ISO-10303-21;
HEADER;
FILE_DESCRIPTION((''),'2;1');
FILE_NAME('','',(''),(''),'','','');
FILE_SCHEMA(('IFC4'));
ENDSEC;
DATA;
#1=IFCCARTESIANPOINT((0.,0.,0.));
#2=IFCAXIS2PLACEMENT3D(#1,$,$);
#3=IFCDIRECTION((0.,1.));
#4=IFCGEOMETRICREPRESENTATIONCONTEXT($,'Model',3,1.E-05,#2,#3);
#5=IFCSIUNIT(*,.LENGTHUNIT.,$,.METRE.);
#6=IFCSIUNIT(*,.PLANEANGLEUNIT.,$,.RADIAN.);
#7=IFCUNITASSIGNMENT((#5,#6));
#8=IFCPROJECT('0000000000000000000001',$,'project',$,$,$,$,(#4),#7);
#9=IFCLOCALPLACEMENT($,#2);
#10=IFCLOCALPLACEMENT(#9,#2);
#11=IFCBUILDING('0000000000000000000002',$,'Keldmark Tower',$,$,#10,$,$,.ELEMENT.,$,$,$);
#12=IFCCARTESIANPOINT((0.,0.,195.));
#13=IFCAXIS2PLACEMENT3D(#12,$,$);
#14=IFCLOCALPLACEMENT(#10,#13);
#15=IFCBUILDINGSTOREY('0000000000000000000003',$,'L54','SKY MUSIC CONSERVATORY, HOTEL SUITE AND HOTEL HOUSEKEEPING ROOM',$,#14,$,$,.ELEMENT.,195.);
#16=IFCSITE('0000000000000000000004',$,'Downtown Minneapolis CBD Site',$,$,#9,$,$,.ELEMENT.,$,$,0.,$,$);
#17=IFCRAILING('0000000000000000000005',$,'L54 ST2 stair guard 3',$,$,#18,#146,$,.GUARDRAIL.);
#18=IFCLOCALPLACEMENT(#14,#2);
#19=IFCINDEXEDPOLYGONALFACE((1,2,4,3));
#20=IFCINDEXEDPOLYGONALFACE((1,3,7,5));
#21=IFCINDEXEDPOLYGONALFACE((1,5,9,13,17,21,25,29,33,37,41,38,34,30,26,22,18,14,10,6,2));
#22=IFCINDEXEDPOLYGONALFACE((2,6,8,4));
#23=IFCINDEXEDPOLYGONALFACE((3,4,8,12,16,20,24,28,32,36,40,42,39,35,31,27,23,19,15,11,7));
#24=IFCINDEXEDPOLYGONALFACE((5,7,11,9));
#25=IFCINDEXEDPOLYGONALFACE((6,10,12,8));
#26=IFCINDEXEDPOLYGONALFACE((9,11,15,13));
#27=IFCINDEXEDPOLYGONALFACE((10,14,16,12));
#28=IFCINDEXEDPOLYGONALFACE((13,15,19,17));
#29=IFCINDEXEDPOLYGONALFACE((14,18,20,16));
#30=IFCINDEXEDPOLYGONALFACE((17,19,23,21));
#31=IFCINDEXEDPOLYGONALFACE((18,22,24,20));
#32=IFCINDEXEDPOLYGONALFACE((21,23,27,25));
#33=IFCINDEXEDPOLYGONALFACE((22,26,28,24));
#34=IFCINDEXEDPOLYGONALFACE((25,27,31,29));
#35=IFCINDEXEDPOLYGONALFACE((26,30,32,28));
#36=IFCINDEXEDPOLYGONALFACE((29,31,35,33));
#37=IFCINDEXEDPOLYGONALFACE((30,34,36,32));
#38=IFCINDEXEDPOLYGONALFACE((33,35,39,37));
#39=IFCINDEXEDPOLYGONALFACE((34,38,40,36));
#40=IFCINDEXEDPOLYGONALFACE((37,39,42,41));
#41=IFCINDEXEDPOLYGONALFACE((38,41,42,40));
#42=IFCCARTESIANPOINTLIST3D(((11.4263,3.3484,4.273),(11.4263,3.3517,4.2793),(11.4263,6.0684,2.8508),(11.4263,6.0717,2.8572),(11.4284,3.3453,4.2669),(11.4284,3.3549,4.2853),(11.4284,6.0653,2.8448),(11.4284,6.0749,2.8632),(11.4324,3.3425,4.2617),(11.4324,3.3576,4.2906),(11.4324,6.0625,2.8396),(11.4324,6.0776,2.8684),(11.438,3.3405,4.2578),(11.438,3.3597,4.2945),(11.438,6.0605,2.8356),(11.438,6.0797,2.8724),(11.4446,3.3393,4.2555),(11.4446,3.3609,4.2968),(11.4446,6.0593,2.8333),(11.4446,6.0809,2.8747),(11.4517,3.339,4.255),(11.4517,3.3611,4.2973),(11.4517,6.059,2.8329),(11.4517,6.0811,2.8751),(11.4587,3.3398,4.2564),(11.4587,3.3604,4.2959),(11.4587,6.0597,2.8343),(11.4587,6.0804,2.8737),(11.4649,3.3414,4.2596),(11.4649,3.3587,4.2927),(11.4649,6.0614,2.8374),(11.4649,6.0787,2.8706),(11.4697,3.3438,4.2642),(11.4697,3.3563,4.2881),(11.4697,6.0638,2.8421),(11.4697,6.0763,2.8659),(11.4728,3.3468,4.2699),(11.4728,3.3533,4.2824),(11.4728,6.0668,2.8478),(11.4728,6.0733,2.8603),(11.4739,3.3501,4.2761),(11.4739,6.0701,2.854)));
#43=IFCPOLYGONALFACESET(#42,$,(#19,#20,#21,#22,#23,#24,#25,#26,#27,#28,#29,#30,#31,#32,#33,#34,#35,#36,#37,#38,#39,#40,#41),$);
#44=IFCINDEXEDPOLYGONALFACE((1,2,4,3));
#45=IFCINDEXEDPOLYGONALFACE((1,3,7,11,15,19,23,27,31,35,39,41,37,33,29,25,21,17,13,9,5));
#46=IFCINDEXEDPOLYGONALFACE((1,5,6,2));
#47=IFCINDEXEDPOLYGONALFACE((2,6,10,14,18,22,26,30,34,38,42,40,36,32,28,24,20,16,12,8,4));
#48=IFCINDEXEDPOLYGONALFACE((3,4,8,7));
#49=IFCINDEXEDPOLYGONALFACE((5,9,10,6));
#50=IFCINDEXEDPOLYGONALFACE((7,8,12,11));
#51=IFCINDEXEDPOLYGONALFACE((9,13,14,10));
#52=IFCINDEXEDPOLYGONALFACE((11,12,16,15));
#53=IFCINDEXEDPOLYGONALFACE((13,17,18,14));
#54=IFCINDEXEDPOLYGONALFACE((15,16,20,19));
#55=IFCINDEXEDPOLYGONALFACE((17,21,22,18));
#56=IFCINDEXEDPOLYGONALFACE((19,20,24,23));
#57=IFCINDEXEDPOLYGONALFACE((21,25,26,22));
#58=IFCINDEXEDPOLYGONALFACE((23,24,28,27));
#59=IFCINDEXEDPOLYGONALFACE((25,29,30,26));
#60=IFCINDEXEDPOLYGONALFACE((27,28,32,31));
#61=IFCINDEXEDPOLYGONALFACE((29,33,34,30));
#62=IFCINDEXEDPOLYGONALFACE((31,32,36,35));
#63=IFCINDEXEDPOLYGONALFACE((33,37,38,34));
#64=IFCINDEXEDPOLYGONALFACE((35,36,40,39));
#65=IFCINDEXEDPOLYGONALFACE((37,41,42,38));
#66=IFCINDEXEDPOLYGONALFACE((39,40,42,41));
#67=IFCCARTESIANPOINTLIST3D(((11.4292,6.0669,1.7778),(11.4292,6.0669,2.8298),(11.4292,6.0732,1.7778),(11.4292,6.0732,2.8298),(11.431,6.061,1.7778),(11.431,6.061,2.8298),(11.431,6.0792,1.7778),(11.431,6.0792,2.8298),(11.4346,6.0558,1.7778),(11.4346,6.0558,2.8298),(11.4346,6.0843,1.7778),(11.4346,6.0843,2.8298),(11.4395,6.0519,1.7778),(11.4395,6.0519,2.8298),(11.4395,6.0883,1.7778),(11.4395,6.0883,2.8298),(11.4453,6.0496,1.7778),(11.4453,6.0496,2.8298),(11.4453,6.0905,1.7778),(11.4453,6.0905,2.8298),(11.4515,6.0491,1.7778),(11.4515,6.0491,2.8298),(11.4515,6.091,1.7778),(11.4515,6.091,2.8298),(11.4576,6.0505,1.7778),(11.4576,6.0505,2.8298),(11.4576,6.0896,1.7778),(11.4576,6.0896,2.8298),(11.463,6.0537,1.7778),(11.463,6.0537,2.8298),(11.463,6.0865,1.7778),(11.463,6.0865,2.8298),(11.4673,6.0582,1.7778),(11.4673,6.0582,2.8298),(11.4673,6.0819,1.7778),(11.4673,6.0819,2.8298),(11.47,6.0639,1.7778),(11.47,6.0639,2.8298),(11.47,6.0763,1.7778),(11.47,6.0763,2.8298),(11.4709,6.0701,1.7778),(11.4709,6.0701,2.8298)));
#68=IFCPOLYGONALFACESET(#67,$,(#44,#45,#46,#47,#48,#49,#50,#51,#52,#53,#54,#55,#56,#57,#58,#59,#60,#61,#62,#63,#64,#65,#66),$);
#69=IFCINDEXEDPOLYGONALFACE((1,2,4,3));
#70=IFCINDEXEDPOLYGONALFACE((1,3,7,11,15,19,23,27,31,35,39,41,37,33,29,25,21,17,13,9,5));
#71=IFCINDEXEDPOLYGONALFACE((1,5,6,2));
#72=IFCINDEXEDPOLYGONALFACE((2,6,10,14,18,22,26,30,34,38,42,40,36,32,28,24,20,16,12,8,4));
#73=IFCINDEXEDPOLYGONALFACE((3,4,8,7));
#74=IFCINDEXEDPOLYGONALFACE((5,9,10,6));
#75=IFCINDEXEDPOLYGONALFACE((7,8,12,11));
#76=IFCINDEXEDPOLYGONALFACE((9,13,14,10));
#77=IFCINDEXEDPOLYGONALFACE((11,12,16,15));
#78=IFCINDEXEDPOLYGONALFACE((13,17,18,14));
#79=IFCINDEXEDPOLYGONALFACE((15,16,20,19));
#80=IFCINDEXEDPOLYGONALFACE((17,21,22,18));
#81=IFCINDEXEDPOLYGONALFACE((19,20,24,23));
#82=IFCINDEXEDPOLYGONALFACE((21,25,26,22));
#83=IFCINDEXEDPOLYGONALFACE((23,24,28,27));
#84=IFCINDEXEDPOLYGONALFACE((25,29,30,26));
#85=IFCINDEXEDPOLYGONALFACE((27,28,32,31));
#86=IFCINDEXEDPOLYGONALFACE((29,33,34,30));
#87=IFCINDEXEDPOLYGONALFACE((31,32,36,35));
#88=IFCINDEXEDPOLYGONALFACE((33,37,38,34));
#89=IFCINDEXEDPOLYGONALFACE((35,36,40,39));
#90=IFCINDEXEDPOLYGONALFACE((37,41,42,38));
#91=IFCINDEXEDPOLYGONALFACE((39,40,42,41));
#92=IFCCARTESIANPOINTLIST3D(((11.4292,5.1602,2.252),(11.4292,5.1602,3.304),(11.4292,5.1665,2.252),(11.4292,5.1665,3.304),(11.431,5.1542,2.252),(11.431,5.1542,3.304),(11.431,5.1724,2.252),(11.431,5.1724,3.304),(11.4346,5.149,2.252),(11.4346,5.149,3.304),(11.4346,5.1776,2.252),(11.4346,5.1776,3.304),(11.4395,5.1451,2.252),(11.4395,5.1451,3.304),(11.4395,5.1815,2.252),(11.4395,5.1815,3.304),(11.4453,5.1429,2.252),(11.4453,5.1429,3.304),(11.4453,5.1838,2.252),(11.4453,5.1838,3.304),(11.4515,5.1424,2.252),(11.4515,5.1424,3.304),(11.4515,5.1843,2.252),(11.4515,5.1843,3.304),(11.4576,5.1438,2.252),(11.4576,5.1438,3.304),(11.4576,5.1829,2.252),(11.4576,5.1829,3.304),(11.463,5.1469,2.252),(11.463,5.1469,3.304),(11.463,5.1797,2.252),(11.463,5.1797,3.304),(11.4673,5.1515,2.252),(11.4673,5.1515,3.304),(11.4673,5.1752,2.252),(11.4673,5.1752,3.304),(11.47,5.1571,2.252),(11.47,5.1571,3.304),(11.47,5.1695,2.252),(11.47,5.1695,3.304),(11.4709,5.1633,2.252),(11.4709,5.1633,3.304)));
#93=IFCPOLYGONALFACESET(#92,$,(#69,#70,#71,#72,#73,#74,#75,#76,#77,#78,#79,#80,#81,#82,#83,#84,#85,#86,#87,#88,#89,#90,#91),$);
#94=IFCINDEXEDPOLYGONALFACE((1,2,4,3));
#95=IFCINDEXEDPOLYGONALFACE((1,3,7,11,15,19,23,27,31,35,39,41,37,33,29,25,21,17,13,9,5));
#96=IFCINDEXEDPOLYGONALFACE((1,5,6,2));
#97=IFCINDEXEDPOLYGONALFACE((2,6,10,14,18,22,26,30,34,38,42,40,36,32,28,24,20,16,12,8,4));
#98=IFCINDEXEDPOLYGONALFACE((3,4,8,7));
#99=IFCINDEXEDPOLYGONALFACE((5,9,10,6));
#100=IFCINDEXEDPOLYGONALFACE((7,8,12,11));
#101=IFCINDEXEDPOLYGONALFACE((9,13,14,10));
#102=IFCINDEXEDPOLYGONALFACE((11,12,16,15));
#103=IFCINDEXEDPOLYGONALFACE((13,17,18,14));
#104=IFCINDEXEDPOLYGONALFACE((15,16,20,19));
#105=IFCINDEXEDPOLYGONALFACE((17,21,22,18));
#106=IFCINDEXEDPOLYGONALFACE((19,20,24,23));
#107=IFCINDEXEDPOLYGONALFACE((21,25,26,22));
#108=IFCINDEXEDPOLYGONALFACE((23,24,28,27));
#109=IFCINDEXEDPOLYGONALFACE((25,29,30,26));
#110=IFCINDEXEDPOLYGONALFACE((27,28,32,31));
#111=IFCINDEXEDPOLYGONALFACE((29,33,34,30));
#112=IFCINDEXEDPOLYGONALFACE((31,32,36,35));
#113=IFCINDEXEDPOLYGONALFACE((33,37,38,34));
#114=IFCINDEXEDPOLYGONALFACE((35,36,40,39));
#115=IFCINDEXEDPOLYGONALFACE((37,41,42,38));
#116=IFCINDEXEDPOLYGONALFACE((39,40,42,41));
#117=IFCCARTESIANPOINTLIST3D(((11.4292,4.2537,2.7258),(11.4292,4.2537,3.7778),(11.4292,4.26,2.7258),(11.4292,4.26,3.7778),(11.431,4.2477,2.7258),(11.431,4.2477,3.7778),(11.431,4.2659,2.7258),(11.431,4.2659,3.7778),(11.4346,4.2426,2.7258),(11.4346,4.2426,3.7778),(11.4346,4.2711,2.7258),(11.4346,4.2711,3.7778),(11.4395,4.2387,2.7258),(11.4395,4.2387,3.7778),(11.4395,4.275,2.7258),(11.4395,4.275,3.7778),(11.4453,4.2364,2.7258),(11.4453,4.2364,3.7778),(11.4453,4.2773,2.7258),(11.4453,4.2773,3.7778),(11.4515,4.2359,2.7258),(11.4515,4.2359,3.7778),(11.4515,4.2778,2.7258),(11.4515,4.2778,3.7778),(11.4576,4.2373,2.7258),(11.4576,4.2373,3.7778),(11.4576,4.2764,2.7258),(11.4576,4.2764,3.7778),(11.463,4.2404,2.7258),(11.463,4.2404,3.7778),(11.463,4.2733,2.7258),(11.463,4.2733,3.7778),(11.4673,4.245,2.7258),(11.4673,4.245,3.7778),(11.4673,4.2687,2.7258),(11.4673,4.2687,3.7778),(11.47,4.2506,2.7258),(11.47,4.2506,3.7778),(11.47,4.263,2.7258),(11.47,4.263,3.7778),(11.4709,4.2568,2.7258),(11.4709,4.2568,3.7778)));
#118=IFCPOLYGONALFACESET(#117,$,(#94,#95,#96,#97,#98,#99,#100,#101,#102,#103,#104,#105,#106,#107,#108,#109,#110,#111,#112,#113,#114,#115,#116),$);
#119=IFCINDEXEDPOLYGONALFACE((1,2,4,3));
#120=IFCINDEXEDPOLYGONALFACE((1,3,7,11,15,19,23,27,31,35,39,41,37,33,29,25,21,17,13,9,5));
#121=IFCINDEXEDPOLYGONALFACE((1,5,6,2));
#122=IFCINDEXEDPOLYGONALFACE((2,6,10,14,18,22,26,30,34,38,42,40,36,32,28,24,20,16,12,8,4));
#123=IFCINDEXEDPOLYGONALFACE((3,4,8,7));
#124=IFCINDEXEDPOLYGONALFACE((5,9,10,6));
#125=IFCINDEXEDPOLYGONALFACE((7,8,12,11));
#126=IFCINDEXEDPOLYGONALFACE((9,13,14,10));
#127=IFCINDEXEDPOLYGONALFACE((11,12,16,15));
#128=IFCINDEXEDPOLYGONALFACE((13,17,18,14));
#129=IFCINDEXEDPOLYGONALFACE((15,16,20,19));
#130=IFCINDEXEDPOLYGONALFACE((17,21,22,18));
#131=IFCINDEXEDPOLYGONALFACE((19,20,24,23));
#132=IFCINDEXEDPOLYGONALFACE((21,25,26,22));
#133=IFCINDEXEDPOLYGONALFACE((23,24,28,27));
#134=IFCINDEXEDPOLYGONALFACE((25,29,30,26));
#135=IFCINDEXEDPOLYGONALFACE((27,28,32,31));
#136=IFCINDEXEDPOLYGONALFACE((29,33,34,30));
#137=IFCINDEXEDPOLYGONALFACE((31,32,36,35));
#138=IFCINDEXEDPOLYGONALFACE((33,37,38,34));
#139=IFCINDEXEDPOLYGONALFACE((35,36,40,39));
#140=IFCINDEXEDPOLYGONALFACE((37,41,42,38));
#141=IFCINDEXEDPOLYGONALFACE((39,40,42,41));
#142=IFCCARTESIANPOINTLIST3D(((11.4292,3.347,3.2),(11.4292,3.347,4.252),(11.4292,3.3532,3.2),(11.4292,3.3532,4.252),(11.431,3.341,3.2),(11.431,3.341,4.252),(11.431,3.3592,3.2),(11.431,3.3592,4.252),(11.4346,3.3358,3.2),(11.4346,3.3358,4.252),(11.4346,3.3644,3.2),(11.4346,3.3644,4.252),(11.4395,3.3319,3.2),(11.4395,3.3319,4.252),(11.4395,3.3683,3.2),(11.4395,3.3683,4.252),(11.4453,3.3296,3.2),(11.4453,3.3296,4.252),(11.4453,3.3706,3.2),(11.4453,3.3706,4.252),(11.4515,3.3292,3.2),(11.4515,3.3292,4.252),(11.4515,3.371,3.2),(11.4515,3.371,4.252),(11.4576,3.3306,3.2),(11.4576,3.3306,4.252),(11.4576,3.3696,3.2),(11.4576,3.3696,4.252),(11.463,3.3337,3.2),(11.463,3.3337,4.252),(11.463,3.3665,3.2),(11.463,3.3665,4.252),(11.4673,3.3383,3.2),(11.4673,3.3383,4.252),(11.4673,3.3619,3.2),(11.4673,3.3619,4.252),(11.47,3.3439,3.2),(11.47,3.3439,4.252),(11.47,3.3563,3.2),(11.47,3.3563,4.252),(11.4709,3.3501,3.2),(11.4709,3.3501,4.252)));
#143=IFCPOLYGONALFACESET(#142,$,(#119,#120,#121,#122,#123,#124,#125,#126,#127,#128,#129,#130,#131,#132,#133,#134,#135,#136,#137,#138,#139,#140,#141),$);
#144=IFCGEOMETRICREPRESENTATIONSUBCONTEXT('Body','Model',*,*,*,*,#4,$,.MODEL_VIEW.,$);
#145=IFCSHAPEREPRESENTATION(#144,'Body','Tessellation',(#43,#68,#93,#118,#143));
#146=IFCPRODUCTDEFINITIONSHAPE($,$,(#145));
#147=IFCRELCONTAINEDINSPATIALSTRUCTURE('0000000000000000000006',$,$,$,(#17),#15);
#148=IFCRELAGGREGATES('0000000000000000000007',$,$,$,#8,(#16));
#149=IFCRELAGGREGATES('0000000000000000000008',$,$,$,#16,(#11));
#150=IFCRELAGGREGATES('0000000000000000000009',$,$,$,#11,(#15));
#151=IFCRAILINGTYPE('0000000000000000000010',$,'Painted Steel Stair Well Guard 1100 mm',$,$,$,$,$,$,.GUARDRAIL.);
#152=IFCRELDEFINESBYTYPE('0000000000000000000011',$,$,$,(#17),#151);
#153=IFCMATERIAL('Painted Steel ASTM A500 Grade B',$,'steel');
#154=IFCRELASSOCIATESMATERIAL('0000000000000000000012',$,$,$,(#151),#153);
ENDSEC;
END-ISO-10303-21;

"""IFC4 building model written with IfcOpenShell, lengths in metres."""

from ifc_helpers import new_model, si_unit, direction, frame, origin, origin_2d, place, context, subcontext, project, spatial, circle, extrude, material, type_object, element, save


model = new_model("IFC4")

# Units and contexts
model_context = context("Model", 3, precision=1e-05, world=origin(), true_north=direction((0.0, 1.0)))
body_context = subcontext(model_context, "Body", "Model", "MODEL_VIEW")
ifc_project = project(units=[si_unit("LENGTHUNIT", "METRE"), si_unit("PLANEANGLEUNIT", "RADIAN")], contexts=[model_context])

# Site, building, storey
site_placement = place(None, origin())
site = spatial("IfcSite", under=ifc_project, at=site_placement, Name="Downtown Minneapolis CBD Site", CompositionType="ELEMENT", RefElevation=0.0)
building_placement = place(site_placement, origin())
building = spatial("IfcBuilding", under=site, at=building_placement, Name="Keldmark Tower", CompositionType="ELEMENT")
storey_placement = place(building_placement, frame((0.0, 0.0, 195.0)))
storey = spatial("IfcBuildingStorey", under=building, at=storey_placement, Name="L54", Description="SKY MUSIC CONSERVATORY, HOTEL SUITE AND HOTEL HOUSEKEEPING ROOM", CompositionType="ELEMENT", Elevation=195.0)

# Railing
ifc_material_1 = material(Name="Painted Steel ASTM A500 Grade B", Category="steel")
railing_type_1 = type_object("IfcRailingType", Name="Painted Steel Stair Well Guard 1100 mm", PredefinedType="GUARDRAIL", material=ifc_material_1)
railing_1_placement = place(storey_placement, frame((11.45, 6.0701, 1.7778)))
element("IfcRailing", 1, at=railing_1_placement, inside=storey, type_object=railing_type_1, Name="L54 ST2 stair guard 3", PredefinedType="GUARDRAIL", context=body_context, shape_type="SweptSolid", body=[
    extrude(circle(Radius=0.0239, at=origin_2d()), frame((0.0, 0.0, 1.0762), z_axis=(0.0, -0.886183, 0.463335), x_axis=(1.0, 0.0, 0.0)), (0.0, 0.0, 1.0), 3.0693),
    extrude(circle(Radius=0.021, at=origin_2d()), origin(), (0.0, 0.0, 1.0), 1.052),
    extrude(circle(Radius=0.021, at=origin_2d()), frame((0.0, -0.9067, 0.4741)), (0.0, 0.0, 1.0), 1.052),
    extrude(circle(Radius=0.021, at=origin_2d()), frame((0.0, -1.8132, 0.948)), (0.0, 0.0, 1.0), 1.052),
    extrude(circle(Radius=0.021, at=origin_2d()), frame((0.0, -2.72, 1.4221)), (0.0, 0.0, 1.0), 1.052),
])

save(model, "model.ifc")
